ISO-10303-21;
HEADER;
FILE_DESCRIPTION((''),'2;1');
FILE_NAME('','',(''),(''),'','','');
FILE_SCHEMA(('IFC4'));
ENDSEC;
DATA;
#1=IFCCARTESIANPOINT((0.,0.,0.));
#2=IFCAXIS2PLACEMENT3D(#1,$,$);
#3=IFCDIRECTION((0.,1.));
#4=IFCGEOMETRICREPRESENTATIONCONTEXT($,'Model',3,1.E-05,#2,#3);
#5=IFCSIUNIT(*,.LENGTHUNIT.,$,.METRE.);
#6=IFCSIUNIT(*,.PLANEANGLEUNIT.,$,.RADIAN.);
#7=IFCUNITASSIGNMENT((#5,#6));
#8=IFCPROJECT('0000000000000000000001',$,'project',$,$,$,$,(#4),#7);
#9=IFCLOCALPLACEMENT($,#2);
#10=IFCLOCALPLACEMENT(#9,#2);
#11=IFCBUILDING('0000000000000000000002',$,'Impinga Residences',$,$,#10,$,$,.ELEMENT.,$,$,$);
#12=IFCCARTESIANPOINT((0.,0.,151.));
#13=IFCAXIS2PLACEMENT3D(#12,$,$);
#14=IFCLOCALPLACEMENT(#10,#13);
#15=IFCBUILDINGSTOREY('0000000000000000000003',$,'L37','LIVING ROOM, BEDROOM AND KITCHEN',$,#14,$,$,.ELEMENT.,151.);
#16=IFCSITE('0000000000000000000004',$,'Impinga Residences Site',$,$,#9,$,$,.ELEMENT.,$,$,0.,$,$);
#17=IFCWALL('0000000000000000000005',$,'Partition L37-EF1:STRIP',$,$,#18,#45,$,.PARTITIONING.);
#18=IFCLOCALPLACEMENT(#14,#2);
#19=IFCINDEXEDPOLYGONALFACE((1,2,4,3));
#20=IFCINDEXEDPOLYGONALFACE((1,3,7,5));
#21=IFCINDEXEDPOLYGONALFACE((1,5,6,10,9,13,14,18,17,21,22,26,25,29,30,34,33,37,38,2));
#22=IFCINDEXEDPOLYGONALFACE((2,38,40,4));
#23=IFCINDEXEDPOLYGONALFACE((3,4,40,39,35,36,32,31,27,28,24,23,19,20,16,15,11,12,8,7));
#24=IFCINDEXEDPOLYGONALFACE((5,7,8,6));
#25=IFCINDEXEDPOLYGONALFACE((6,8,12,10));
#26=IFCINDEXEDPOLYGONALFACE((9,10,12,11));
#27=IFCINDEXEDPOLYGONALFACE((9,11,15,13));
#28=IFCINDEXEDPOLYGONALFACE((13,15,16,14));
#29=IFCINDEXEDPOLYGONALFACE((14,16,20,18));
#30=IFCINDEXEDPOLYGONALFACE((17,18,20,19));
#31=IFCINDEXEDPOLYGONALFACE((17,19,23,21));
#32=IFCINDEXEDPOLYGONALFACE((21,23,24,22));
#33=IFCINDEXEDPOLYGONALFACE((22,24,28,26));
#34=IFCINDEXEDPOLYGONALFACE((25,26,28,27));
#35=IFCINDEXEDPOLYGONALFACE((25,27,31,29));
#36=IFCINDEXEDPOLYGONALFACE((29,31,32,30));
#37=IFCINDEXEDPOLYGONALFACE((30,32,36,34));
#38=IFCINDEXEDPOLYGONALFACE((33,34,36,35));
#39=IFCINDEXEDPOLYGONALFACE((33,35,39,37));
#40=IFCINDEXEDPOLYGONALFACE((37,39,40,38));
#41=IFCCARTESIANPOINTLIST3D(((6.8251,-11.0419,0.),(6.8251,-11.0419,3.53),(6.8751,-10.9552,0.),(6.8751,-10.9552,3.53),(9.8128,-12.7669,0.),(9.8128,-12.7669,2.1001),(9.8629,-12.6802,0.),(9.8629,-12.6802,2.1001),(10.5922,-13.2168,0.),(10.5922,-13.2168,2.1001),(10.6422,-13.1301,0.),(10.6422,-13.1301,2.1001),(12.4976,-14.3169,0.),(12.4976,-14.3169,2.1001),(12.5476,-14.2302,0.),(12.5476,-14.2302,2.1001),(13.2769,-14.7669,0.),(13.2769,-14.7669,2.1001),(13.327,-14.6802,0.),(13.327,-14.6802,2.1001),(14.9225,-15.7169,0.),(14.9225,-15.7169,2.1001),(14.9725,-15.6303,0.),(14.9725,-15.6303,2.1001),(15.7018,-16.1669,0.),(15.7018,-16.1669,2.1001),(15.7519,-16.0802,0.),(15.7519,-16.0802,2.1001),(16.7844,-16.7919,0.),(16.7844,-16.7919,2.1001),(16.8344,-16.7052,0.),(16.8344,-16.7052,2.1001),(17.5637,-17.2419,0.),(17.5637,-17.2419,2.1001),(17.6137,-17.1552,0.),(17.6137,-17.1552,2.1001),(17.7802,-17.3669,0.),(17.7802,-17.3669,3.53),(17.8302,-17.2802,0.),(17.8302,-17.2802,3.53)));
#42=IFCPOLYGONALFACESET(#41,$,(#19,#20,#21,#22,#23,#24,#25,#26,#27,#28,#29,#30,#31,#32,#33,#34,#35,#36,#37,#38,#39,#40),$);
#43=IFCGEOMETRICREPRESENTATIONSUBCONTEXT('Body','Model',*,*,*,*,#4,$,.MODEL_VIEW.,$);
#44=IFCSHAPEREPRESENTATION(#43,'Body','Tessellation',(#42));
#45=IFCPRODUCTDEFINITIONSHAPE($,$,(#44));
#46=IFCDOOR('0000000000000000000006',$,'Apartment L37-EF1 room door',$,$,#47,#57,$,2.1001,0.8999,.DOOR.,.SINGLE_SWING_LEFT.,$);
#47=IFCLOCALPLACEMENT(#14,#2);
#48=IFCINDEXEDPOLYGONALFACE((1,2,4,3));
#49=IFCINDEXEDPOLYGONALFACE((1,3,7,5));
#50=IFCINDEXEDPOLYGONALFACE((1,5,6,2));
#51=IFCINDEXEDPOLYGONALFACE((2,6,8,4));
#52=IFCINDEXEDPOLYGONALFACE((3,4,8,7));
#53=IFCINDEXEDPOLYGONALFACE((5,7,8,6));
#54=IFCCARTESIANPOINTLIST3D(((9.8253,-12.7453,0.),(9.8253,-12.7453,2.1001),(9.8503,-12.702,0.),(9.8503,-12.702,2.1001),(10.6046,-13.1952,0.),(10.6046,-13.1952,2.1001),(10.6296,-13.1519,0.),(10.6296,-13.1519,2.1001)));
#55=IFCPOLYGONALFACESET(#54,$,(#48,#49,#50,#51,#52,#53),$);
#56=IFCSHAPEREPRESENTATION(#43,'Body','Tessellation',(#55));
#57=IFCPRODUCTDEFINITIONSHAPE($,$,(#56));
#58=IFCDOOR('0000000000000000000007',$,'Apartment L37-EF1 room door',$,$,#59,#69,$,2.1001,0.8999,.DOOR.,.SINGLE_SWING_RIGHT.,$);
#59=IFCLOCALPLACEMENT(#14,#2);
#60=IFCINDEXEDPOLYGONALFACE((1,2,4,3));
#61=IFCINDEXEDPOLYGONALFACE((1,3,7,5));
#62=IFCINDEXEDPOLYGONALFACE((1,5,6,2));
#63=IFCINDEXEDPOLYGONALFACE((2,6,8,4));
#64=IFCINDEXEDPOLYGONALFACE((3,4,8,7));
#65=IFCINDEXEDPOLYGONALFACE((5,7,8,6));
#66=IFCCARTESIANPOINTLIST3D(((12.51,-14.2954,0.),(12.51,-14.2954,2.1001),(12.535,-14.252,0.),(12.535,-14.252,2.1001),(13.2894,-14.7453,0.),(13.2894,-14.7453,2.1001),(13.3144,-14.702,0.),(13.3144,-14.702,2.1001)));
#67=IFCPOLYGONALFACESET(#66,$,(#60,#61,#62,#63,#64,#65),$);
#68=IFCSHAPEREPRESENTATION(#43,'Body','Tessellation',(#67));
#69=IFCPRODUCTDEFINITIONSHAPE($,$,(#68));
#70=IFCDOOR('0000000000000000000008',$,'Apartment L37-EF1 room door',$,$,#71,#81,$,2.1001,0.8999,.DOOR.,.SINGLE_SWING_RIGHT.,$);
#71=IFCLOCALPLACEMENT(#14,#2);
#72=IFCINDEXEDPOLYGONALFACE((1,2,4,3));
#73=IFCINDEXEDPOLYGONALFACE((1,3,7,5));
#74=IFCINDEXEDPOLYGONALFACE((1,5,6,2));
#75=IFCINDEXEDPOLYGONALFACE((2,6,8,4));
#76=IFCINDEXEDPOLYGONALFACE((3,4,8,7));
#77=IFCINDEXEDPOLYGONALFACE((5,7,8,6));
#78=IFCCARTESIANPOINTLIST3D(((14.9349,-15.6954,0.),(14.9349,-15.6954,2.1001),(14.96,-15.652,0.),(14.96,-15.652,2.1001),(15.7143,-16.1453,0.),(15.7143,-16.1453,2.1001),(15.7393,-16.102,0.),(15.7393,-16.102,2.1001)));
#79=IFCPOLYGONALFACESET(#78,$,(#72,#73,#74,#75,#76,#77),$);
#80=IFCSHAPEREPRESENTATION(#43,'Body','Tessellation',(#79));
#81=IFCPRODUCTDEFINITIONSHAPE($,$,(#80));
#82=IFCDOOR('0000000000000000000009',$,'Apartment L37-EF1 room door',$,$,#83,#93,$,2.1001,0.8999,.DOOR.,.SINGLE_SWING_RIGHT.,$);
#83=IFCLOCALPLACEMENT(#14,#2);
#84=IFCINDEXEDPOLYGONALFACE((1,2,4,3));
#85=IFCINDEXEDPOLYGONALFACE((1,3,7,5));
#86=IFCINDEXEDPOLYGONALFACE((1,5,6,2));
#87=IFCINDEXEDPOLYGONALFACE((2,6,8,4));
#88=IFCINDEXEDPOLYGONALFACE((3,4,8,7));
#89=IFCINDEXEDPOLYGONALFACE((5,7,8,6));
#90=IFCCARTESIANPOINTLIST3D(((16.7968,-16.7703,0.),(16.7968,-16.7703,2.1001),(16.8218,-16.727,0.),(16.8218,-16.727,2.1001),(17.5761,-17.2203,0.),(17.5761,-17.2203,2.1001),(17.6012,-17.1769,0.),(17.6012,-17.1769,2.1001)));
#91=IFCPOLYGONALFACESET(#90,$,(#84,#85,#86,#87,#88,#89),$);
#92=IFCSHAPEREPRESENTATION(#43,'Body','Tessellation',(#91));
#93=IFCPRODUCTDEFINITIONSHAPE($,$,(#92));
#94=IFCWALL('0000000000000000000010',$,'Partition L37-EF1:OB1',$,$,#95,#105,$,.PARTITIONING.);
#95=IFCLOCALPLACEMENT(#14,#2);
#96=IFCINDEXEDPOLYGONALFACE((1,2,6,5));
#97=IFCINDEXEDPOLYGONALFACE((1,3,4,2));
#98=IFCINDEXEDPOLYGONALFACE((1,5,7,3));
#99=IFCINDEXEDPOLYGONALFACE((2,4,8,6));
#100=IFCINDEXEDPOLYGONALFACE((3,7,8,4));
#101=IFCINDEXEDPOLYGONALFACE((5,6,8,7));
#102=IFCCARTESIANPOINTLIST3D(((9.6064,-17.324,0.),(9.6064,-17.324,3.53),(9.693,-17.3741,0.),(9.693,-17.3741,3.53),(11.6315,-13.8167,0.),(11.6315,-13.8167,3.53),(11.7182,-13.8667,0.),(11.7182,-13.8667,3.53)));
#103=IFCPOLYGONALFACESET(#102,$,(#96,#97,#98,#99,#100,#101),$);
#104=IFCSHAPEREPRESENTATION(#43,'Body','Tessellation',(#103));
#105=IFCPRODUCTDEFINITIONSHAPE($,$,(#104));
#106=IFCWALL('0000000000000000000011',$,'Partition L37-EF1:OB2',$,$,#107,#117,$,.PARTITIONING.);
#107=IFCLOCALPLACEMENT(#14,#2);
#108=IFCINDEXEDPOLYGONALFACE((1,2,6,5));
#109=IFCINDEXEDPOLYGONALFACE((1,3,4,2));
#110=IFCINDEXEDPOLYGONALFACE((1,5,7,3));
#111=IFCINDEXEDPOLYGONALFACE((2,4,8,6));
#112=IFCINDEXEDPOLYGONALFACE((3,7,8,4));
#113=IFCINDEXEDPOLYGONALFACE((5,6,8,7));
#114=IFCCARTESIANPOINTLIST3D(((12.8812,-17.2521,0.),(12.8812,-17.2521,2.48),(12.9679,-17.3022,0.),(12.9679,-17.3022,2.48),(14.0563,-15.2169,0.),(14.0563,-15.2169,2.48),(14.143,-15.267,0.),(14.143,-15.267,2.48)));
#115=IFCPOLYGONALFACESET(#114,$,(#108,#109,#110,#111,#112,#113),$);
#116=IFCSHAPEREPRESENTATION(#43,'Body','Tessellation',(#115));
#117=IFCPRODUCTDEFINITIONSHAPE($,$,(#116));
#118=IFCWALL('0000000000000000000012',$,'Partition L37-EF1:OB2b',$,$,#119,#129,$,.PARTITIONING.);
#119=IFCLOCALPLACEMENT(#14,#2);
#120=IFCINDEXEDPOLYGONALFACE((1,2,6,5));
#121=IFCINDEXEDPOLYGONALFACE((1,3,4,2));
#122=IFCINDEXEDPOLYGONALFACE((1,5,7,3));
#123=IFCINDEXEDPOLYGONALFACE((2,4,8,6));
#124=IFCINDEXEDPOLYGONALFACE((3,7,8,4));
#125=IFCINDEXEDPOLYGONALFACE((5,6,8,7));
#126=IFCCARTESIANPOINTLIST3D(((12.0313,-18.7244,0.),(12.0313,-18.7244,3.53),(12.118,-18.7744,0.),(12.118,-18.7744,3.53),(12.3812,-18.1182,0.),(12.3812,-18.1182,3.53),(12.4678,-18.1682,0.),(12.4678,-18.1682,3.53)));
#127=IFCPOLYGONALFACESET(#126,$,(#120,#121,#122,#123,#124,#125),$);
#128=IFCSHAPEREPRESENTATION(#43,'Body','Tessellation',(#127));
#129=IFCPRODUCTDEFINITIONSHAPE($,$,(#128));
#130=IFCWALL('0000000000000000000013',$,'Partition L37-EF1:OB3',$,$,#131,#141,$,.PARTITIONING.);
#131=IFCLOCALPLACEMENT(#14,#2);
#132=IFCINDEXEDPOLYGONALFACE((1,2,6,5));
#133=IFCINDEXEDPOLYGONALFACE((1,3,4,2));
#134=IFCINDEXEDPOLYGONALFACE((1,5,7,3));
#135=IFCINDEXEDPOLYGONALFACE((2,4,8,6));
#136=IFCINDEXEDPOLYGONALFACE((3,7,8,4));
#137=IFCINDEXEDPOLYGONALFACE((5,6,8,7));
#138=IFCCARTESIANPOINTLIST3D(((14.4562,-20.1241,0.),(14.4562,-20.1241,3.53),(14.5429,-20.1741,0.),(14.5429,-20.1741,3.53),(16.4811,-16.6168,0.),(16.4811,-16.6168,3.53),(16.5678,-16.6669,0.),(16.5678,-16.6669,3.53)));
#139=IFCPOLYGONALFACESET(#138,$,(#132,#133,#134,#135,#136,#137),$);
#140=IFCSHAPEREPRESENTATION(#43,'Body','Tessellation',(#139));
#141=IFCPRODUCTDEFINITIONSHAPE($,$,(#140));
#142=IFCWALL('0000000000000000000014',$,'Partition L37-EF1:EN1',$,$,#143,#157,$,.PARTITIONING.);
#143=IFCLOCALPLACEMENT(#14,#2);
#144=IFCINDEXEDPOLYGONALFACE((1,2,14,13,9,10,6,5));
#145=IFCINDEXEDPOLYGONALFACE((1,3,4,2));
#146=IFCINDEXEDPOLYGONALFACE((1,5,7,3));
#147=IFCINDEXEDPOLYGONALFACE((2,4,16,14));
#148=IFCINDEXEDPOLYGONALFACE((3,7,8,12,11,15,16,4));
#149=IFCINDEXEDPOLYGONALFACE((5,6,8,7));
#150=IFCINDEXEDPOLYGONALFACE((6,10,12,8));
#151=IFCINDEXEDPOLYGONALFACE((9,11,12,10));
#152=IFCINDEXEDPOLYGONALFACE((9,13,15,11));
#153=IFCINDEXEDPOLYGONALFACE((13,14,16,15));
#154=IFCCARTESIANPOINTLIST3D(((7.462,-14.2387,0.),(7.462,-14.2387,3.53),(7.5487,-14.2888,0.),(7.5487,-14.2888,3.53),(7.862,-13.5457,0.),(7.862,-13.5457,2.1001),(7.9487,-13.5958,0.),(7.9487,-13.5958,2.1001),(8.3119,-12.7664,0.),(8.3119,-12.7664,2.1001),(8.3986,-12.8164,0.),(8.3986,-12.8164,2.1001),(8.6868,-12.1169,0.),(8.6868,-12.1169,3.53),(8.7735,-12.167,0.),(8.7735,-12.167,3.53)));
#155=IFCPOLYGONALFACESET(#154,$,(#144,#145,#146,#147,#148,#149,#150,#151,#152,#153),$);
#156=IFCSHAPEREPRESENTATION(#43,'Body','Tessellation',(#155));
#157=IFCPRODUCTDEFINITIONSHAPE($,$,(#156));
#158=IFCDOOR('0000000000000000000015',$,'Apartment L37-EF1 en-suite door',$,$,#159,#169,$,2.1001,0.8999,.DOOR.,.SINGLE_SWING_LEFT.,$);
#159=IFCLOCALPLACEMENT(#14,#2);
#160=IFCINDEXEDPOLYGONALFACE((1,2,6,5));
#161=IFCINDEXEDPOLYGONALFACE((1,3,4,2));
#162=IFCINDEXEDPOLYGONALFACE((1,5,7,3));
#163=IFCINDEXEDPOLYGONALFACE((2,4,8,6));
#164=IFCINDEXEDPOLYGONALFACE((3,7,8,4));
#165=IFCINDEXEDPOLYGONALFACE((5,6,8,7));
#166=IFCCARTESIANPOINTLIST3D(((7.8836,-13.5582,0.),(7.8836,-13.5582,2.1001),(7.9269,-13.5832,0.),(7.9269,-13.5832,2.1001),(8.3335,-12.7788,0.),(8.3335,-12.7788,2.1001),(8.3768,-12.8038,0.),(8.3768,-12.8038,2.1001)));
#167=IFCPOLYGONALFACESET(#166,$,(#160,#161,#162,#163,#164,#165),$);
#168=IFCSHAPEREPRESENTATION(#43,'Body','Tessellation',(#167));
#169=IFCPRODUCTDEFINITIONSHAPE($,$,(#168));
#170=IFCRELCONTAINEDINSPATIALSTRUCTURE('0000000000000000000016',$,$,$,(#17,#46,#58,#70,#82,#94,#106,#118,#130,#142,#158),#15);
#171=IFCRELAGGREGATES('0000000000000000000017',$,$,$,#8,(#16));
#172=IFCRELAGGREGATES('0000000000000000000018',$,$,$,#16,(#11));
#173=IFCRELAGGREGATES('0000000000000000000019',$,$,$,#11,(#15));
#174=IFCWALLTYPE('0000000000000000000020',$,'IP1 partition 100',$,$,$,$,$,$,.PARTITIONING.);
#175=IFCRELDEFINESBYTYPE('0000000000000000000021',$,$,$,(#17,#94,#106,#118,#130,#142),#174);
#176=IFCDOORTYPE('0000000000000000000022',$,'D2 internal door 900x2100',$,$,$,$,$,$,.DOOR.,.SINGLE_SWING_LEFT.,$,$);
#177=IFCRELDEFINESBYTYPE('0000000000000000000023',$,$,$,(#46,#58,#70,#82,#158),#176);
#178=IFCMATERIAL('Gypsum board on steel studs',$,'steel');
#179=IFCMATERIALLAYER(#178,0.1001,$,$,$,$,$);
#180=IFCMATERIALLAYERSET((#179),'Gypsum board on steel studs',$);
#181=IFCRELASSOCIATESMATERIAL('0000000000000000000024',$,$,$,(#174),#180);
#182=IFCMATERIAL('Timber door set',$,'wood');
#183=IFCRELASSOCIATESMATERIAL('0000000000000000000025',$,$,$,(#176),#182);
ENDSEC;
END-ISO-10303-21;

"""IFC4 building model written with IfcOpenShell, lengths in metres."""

from ifc_helpers import new_model, si_unit, direction, frame, frame_2d, origin, place, context, subcontext, project, spatial, rectangle, extrude, material, layer, layer_set, type_object, element, fill, save


model = new_model("IFC4")

# Units and contexts
model_context = context("Model", 3, precision=1e-05, world=origin(), true_north=direction((0.0, 1.0)))
body_context = subcontext(model_context, "Body", "Model", "MODEL_VIEW")
ifc_project = project(units=[si_unit("LENGTHUNIT", "METRE"), si_unit("PLANEANGLEUNIT", "RADIAN")], contexts=[model_context])

# Site, building, storey
site_placement = place(None, origin())
site = spatial("IfcSite", under=ifc_project, at=site_placement, Name="Impinga Residences Site", CompositionType="ELEMENT", RefElevation=0.0)
building_placement = place(site_placement, origin())
building = spatial("IfcBuilding", under=site, at=building_placement, Name="Impinga Residences", CompositionType="ELEMENT")
storey_placement = place(building_placement, frame((0.0, 0.0, 151.0)))
storey = spatial("IfcBuildingStorey", under=building, at=storey_placement, Name="L37", Description="LIVING ROOM, BEDROOM AND KITCHEN", CompositionType="ELEMENT", Elevation=151.0)

# Shared definitions
ifc_material_1 = material(Name="Gypsum board on steel studs", Category="steel")
ifc_layer_1 = layer(ifc_material_1, 0.1001)
ifc_layer_set_1 = layer_set([ifc_layer_1], Name="Gypsum board on steel studs")
wall_type_1 = type_object("IfcWallType", Name="IP1 partition 100", PredefinedType="PARTITIONING", material=ifc_layer_set_1)

# Wall, openings, doors
wall_1_placement = place(storey_placement, frame((6.8501, -10.9985, 0.0), z_axis=(0.0, 0.0, 1.0), x_axis=(0.866024, -0.500002, 0.0)))
wall_1 = element("IfcWall", 1, at=wall_1_placement, inside=storey, type_object=wall_type_1, Name="Partition L37-EF1:STRIP", PredefinedType="PARTITIONING", context=body_context, shape_type="SweptSolid", body=[
    extrude(rectangle(XDim=12.6499, YDim=0.1001, at=frame_2d((6.325, 0.0))), origin(), (0.0, 0.0, 1.0), 3.53),
])
opening_1_placement = place(wall_1_placement, frame((3.45, 0.0, 0.0)))
opening_1 = element("IfcOpeningElement", 2, at=opening_1_placement, cuts=wall_1, PredefinedType="OPENING", context=body_context, shape_type="SweptSolid", body=[
    extrude(rectangle(XDim=0.8999, YDim=2.1001, at=frame_2d((0.45, 1.05))), frame((0.0, 0.0601, 0.0), z_axis=(0.0, -1.0, 0.0), x_axis=(1.0, 0.0, 0.0)), (0.0, 0.0, 1.0), 0.1201),
])
opening_2_placement = place(wall_1_placement, frame((6.55, 0.0, 0.0)))
opening_2 = element("IfcOpeningElement", 3, at=opening_2_placement, cuts=wall_1, PredefinedType="OPENING", context=body_context, shape_type="SweptSolid", body=[
    extrude(rectangle(XDim=0.8999, YDim=2.1001, at=frame_2d((0.45, 1.05))), frame((0.0, 0.0601, 0.0), z_axis=(0.0, -1.0, 0.0), x_axis=(1.0, 0.0, 0.0)), (0.0, 0.0, 1.0), 0.1201),
])
opening_3_placement = place(wall_1_placement, frame((9.3501, 0.0, 0.0)))
opening_3 = element("IfcOpeningElement", 4, at=opening_3_placement, cuts=wall_1, PredefinedType="OPENING", context=body_context, shape_type="SweptSolid", body=[
    extrude(rectangle(XDim=0.8999, YDim=2.1001, at=frame_2d((0.45, 1.05))), frame((0.0, 0.0601, 0.0), z_axis=(0.0, -1.0, 0.0), x_axis=(1.0, 0.0, 0.0)), (0.0, 0.0, 1.0), 0.1201),
])
opening_4_placement = place(wall_1_placement, frame((11.5, 0.0, 0.0)))
opening_4 = element("IfcOpeningElement", 5, at=opening_4_placement, cuts=wall_1, PredefinedType="OPENING", context=body_context, shape_type="SweptSolid", body=[
    extrude(rectangle(XDim=0.8999, YDim=2.1001, at=frame_2d((0.45, 1.05))), frame((0.0, 0.0601, 0.0), z_axis=(0.0, -1.0, 0.0), x_axis=(1.0, 0.0, 0.0)), (0.0, 0.0, 1.0), 0.1201),
])
ifc_material_2 = material(Name="Timber door set", Category="wood")
door_type_1 = type_object("IfcDoorType", Name="D2 internal door 900x2100", OperationType="SINGLE_SWING_LEFT", PredefinedType="DOOR", material=ifc_material_2)
door_1_placement = place(opening_1_placement, origin())
door_1 = element("IfcDoor", 6, at=door_1_placement, inside=storey, type_object=door_type_1, Name="Apartment L37-EF1 room door", OperationType="SINGLE_SWING_LEFT", OverallHeight=2.1001, OverallWidth=0.8999, PredefinedType="DOOR", context=body_context, shape_type="SweptSolid", body=[
    extrude(rectangle(XDim=0.8999, YDim=2.1001, at=frame_2d((0.45, 1.05))), frame((0.0, 0.0249, 0.0), z_axis=(0.0, -1.0, 0.0), x_axis=(1.0, 0.0, 0.0)), (0.0, 0.0, 1.0), 0.05),
])
fill(opening_1, door_1)
door_2_placement = place(opening_2_placement, origin())
door_2 = element("IfcDoor", 7, at=door_2_placement, inside=storey, type_object=door_type_1, Name="Apartment L37-EF1 room door", OperationType="SINGLE_SWING_RIGHT", OverallHeight=2.1001, OverallWidth=0.8999, PredefinedType="DOOR", context=body_context, shape_type="SweptSolid", body=[
    extrude(rectangle(XDim=0.8999, YDim=2.1001, at=frame_2d((0.45, 1.05))), frame((0.0, 0.0249, 0.0), z_axis=(0.0, -1.0, 0.0), x_axis=(1.0, 0.0, 0.0)), (0.0, 0.0, 1.0), 0.05),
])
fill(opening_2, door_2)
door_3_placement = place(opening_3_placement, origin())
door_3 = element("IfcDoor", 8, at=door_3_placement, inside=storey, type_object=door_type_1, Name="Apartment L37-EF1 room door", OperationType="SINGLE_SWING_RIGHT", OverallHeight=2.1001, OverallWidth=0.8999, PredefinedType="DOOR", context=body_context, shape_type="SweptSolid", body=[
    extrude(rectangle(XDim=0.8999, YDim=2.1001, at=frame_2d((0.45, 1.05))), frame((0.0, 0.0249, 0.0), z_axis=(0.0, -1.0, 0.0), x_axis=(1.0, 0.0, 0.0)), (0.0, 0.0, 1.0), 0.05),
])
fill(opening_3, door_3)
door_4_placement = place(opening_4_placement, origin())
door_4 = element("IfcDoor", 9, at=door_4_placement, inside=storey, type_object=door_type_1, Name="Apartment L37-EF1 room door", OperationType="SINGLE_SWING_RIGHT", OverallHeight=2.1001, OverallWidth=0.8999, PredefinedType="DOOR", context=body_context, shape_type="SweptSolid", body=[
    extrude(rectangle(XDim=0.8999, YDim=2.1001, at=frame_2d((0.45, 1.05))), frame((0.0, 0.0249, 0.0), z_axis=(0.0, -1.0, 0.0), x_axis=(1.0, 0.0, 0.0)), (0.0, 0.0, 1.0), 0.05),
])
fill(opening_4, door_4)

# Walls
wall_2_placement = place(storey_placement, frame((11.6748, -13.8418, 0.0), z_axis=(0.0, 0.0, 1.0), x_axis=(-0.500036, -0.866005, 0.0)))
element("IfcWall", 10, at=wall_2_placement, inside=storey, type_object=wall_type_1, Name="Partition L37-EF1:OB1", PredefinedType="PARTITIONING", context=body_context, shape_type="SweptSolid", body=[
    extrude(rectangle(XDim=4.05, YDim=0.1001, at=frame_2d((2.0249, 0.0))), origin(), (0.0, 0.0, 1.0), 3.53),
])
wall_3_placement = place(storey_placement, frame((14.0996, -15.2419, 0.0), z_axis=(0.0, 0.0, 1.0), x_axis=(-0.500016, -0.866016, 0.0)))
element("IfcWall", 11, at=wall_3_placement, inside=storey, type_object=wall_type_1, Name="Partition L37-EF1:OB2", PredefinedType="PARTITIONING", context=body_context, shape_type="SweptSolid", body=[
    extrude(rectangle(XDim=2.3501, YDim=0.1001, at=frame_2d((1.175, 0.0))), origin(), (0.0, 0.0, 1.0), 2.48),
])
wall_4_placement = place(storey_placement, frame((12.4246, -18.1431, 0.0), z_axis=(0.0, 0.0, 1.0), x_axis=(-0.499853, -0.86611, 0.0)))
element("IfcWall", 12, at=wall_4_placement, inside=storey, type_object=wall_type_1, Name="Partition L37-EF1:OB2b", PredefinedType="PARTITIONING", context=body_context, shape_type="SweptSolid", body=[
    extrude(rectangle(XDim=0.7, YDim=0.1001, at=frame_2d((0.3501, 0.0))), origin(), (0.0, 0.0, 1.0), 3.53),
])
wall_5_placement = place(storey_placement, frame((16.5244, -16.6418, 0.0), z_axis=(0.0, 0.0, 1.0), x_axis=(-0.49999, -0.866031, 0.0)))
element("IfcWall", 13, at=wall_5_placement, inside=storey, type_object=wall_type_1, Name="Partition L37-EF1:OB3", PredefinedType="PARTITIONING", context=body_context, shape_type="SweptSolid", body=[
    extrude(rectangle(XDim=4.0498, YDim=0.1001, at=frame_2d((2.0249, 0.0))), origin(), (0.0, 0.0, 1.0), 3.53),
])

# Wall, opening, door
wall_6_placement = place(storey_placement, frame((8.7302, -12.1418, 0.0), z_axis=(0.0, 0.0, 1.0), x_axis=(-0.499944, -0.866058, 0.0)))
wall_6 = element("IfcWall", 14, at=wall_6_placement, inside=storey, type_object=wall_type_1, Name="Partition L37-EF1:EN1", PredefinedType="PARTITIONING", context=body_context, shape_type="SweptSolid", body=[
    extrude(rectangle(XDim=2.45, YDim=0.1001, at=frame_2d((1.2251, 0.0))), origin(), (0.0, 0.0, 1.0), 3.53),
])
opening_5_placement = place(wall_6_placement, frame((0.75, 0.0, 0.0)))
opening_5 = element("IfcOpeningElement", 15, at=opening_5_placement, cuts=wall_6, PredefinedType="OPENING", context=body_context, shape_type="SweptSolid", body=[
    extrude(rectangle(XDim=0.8999, YDim=2.1001, at=frame_2d((0.45, 1.05))), frame((0.0, 0.0601, 0.0), z_axis=(0.0, -1.0, 0.0), x_axis=(1.0, 0.0, 0.0)), (0.0, 0.0, 1.0), 0.1201),
])
door_5_placement = place(opening_5_placement, origin())
door_5 = element("IfcDoor", 16, at=door_5_placement, inside=storey, type_object=door_type_1, Name="Apartment L37-EF1 en-suite door", OperationType="SINGLE_SWING_LEFT", OverallHeight=2.1001, OverallWidth=0.8999, PredefinedType="DOOR", context=body_context, shape_type="SweptSolid", body=[
    extrude(rectangle(XDim=0.8999, YDim=2.1001, at=frame_2d((0.45, 1.05))), frame((0.0, 0.0249, 0.0), z_axis=(0.0, -1.0, 0.0), x_axis=(1.0, 0.0, 0.0)), (0.0, 0.0, 1.0), 0.05),
])
fill(opening_5, door_5)

save(model, "model.ifc")
